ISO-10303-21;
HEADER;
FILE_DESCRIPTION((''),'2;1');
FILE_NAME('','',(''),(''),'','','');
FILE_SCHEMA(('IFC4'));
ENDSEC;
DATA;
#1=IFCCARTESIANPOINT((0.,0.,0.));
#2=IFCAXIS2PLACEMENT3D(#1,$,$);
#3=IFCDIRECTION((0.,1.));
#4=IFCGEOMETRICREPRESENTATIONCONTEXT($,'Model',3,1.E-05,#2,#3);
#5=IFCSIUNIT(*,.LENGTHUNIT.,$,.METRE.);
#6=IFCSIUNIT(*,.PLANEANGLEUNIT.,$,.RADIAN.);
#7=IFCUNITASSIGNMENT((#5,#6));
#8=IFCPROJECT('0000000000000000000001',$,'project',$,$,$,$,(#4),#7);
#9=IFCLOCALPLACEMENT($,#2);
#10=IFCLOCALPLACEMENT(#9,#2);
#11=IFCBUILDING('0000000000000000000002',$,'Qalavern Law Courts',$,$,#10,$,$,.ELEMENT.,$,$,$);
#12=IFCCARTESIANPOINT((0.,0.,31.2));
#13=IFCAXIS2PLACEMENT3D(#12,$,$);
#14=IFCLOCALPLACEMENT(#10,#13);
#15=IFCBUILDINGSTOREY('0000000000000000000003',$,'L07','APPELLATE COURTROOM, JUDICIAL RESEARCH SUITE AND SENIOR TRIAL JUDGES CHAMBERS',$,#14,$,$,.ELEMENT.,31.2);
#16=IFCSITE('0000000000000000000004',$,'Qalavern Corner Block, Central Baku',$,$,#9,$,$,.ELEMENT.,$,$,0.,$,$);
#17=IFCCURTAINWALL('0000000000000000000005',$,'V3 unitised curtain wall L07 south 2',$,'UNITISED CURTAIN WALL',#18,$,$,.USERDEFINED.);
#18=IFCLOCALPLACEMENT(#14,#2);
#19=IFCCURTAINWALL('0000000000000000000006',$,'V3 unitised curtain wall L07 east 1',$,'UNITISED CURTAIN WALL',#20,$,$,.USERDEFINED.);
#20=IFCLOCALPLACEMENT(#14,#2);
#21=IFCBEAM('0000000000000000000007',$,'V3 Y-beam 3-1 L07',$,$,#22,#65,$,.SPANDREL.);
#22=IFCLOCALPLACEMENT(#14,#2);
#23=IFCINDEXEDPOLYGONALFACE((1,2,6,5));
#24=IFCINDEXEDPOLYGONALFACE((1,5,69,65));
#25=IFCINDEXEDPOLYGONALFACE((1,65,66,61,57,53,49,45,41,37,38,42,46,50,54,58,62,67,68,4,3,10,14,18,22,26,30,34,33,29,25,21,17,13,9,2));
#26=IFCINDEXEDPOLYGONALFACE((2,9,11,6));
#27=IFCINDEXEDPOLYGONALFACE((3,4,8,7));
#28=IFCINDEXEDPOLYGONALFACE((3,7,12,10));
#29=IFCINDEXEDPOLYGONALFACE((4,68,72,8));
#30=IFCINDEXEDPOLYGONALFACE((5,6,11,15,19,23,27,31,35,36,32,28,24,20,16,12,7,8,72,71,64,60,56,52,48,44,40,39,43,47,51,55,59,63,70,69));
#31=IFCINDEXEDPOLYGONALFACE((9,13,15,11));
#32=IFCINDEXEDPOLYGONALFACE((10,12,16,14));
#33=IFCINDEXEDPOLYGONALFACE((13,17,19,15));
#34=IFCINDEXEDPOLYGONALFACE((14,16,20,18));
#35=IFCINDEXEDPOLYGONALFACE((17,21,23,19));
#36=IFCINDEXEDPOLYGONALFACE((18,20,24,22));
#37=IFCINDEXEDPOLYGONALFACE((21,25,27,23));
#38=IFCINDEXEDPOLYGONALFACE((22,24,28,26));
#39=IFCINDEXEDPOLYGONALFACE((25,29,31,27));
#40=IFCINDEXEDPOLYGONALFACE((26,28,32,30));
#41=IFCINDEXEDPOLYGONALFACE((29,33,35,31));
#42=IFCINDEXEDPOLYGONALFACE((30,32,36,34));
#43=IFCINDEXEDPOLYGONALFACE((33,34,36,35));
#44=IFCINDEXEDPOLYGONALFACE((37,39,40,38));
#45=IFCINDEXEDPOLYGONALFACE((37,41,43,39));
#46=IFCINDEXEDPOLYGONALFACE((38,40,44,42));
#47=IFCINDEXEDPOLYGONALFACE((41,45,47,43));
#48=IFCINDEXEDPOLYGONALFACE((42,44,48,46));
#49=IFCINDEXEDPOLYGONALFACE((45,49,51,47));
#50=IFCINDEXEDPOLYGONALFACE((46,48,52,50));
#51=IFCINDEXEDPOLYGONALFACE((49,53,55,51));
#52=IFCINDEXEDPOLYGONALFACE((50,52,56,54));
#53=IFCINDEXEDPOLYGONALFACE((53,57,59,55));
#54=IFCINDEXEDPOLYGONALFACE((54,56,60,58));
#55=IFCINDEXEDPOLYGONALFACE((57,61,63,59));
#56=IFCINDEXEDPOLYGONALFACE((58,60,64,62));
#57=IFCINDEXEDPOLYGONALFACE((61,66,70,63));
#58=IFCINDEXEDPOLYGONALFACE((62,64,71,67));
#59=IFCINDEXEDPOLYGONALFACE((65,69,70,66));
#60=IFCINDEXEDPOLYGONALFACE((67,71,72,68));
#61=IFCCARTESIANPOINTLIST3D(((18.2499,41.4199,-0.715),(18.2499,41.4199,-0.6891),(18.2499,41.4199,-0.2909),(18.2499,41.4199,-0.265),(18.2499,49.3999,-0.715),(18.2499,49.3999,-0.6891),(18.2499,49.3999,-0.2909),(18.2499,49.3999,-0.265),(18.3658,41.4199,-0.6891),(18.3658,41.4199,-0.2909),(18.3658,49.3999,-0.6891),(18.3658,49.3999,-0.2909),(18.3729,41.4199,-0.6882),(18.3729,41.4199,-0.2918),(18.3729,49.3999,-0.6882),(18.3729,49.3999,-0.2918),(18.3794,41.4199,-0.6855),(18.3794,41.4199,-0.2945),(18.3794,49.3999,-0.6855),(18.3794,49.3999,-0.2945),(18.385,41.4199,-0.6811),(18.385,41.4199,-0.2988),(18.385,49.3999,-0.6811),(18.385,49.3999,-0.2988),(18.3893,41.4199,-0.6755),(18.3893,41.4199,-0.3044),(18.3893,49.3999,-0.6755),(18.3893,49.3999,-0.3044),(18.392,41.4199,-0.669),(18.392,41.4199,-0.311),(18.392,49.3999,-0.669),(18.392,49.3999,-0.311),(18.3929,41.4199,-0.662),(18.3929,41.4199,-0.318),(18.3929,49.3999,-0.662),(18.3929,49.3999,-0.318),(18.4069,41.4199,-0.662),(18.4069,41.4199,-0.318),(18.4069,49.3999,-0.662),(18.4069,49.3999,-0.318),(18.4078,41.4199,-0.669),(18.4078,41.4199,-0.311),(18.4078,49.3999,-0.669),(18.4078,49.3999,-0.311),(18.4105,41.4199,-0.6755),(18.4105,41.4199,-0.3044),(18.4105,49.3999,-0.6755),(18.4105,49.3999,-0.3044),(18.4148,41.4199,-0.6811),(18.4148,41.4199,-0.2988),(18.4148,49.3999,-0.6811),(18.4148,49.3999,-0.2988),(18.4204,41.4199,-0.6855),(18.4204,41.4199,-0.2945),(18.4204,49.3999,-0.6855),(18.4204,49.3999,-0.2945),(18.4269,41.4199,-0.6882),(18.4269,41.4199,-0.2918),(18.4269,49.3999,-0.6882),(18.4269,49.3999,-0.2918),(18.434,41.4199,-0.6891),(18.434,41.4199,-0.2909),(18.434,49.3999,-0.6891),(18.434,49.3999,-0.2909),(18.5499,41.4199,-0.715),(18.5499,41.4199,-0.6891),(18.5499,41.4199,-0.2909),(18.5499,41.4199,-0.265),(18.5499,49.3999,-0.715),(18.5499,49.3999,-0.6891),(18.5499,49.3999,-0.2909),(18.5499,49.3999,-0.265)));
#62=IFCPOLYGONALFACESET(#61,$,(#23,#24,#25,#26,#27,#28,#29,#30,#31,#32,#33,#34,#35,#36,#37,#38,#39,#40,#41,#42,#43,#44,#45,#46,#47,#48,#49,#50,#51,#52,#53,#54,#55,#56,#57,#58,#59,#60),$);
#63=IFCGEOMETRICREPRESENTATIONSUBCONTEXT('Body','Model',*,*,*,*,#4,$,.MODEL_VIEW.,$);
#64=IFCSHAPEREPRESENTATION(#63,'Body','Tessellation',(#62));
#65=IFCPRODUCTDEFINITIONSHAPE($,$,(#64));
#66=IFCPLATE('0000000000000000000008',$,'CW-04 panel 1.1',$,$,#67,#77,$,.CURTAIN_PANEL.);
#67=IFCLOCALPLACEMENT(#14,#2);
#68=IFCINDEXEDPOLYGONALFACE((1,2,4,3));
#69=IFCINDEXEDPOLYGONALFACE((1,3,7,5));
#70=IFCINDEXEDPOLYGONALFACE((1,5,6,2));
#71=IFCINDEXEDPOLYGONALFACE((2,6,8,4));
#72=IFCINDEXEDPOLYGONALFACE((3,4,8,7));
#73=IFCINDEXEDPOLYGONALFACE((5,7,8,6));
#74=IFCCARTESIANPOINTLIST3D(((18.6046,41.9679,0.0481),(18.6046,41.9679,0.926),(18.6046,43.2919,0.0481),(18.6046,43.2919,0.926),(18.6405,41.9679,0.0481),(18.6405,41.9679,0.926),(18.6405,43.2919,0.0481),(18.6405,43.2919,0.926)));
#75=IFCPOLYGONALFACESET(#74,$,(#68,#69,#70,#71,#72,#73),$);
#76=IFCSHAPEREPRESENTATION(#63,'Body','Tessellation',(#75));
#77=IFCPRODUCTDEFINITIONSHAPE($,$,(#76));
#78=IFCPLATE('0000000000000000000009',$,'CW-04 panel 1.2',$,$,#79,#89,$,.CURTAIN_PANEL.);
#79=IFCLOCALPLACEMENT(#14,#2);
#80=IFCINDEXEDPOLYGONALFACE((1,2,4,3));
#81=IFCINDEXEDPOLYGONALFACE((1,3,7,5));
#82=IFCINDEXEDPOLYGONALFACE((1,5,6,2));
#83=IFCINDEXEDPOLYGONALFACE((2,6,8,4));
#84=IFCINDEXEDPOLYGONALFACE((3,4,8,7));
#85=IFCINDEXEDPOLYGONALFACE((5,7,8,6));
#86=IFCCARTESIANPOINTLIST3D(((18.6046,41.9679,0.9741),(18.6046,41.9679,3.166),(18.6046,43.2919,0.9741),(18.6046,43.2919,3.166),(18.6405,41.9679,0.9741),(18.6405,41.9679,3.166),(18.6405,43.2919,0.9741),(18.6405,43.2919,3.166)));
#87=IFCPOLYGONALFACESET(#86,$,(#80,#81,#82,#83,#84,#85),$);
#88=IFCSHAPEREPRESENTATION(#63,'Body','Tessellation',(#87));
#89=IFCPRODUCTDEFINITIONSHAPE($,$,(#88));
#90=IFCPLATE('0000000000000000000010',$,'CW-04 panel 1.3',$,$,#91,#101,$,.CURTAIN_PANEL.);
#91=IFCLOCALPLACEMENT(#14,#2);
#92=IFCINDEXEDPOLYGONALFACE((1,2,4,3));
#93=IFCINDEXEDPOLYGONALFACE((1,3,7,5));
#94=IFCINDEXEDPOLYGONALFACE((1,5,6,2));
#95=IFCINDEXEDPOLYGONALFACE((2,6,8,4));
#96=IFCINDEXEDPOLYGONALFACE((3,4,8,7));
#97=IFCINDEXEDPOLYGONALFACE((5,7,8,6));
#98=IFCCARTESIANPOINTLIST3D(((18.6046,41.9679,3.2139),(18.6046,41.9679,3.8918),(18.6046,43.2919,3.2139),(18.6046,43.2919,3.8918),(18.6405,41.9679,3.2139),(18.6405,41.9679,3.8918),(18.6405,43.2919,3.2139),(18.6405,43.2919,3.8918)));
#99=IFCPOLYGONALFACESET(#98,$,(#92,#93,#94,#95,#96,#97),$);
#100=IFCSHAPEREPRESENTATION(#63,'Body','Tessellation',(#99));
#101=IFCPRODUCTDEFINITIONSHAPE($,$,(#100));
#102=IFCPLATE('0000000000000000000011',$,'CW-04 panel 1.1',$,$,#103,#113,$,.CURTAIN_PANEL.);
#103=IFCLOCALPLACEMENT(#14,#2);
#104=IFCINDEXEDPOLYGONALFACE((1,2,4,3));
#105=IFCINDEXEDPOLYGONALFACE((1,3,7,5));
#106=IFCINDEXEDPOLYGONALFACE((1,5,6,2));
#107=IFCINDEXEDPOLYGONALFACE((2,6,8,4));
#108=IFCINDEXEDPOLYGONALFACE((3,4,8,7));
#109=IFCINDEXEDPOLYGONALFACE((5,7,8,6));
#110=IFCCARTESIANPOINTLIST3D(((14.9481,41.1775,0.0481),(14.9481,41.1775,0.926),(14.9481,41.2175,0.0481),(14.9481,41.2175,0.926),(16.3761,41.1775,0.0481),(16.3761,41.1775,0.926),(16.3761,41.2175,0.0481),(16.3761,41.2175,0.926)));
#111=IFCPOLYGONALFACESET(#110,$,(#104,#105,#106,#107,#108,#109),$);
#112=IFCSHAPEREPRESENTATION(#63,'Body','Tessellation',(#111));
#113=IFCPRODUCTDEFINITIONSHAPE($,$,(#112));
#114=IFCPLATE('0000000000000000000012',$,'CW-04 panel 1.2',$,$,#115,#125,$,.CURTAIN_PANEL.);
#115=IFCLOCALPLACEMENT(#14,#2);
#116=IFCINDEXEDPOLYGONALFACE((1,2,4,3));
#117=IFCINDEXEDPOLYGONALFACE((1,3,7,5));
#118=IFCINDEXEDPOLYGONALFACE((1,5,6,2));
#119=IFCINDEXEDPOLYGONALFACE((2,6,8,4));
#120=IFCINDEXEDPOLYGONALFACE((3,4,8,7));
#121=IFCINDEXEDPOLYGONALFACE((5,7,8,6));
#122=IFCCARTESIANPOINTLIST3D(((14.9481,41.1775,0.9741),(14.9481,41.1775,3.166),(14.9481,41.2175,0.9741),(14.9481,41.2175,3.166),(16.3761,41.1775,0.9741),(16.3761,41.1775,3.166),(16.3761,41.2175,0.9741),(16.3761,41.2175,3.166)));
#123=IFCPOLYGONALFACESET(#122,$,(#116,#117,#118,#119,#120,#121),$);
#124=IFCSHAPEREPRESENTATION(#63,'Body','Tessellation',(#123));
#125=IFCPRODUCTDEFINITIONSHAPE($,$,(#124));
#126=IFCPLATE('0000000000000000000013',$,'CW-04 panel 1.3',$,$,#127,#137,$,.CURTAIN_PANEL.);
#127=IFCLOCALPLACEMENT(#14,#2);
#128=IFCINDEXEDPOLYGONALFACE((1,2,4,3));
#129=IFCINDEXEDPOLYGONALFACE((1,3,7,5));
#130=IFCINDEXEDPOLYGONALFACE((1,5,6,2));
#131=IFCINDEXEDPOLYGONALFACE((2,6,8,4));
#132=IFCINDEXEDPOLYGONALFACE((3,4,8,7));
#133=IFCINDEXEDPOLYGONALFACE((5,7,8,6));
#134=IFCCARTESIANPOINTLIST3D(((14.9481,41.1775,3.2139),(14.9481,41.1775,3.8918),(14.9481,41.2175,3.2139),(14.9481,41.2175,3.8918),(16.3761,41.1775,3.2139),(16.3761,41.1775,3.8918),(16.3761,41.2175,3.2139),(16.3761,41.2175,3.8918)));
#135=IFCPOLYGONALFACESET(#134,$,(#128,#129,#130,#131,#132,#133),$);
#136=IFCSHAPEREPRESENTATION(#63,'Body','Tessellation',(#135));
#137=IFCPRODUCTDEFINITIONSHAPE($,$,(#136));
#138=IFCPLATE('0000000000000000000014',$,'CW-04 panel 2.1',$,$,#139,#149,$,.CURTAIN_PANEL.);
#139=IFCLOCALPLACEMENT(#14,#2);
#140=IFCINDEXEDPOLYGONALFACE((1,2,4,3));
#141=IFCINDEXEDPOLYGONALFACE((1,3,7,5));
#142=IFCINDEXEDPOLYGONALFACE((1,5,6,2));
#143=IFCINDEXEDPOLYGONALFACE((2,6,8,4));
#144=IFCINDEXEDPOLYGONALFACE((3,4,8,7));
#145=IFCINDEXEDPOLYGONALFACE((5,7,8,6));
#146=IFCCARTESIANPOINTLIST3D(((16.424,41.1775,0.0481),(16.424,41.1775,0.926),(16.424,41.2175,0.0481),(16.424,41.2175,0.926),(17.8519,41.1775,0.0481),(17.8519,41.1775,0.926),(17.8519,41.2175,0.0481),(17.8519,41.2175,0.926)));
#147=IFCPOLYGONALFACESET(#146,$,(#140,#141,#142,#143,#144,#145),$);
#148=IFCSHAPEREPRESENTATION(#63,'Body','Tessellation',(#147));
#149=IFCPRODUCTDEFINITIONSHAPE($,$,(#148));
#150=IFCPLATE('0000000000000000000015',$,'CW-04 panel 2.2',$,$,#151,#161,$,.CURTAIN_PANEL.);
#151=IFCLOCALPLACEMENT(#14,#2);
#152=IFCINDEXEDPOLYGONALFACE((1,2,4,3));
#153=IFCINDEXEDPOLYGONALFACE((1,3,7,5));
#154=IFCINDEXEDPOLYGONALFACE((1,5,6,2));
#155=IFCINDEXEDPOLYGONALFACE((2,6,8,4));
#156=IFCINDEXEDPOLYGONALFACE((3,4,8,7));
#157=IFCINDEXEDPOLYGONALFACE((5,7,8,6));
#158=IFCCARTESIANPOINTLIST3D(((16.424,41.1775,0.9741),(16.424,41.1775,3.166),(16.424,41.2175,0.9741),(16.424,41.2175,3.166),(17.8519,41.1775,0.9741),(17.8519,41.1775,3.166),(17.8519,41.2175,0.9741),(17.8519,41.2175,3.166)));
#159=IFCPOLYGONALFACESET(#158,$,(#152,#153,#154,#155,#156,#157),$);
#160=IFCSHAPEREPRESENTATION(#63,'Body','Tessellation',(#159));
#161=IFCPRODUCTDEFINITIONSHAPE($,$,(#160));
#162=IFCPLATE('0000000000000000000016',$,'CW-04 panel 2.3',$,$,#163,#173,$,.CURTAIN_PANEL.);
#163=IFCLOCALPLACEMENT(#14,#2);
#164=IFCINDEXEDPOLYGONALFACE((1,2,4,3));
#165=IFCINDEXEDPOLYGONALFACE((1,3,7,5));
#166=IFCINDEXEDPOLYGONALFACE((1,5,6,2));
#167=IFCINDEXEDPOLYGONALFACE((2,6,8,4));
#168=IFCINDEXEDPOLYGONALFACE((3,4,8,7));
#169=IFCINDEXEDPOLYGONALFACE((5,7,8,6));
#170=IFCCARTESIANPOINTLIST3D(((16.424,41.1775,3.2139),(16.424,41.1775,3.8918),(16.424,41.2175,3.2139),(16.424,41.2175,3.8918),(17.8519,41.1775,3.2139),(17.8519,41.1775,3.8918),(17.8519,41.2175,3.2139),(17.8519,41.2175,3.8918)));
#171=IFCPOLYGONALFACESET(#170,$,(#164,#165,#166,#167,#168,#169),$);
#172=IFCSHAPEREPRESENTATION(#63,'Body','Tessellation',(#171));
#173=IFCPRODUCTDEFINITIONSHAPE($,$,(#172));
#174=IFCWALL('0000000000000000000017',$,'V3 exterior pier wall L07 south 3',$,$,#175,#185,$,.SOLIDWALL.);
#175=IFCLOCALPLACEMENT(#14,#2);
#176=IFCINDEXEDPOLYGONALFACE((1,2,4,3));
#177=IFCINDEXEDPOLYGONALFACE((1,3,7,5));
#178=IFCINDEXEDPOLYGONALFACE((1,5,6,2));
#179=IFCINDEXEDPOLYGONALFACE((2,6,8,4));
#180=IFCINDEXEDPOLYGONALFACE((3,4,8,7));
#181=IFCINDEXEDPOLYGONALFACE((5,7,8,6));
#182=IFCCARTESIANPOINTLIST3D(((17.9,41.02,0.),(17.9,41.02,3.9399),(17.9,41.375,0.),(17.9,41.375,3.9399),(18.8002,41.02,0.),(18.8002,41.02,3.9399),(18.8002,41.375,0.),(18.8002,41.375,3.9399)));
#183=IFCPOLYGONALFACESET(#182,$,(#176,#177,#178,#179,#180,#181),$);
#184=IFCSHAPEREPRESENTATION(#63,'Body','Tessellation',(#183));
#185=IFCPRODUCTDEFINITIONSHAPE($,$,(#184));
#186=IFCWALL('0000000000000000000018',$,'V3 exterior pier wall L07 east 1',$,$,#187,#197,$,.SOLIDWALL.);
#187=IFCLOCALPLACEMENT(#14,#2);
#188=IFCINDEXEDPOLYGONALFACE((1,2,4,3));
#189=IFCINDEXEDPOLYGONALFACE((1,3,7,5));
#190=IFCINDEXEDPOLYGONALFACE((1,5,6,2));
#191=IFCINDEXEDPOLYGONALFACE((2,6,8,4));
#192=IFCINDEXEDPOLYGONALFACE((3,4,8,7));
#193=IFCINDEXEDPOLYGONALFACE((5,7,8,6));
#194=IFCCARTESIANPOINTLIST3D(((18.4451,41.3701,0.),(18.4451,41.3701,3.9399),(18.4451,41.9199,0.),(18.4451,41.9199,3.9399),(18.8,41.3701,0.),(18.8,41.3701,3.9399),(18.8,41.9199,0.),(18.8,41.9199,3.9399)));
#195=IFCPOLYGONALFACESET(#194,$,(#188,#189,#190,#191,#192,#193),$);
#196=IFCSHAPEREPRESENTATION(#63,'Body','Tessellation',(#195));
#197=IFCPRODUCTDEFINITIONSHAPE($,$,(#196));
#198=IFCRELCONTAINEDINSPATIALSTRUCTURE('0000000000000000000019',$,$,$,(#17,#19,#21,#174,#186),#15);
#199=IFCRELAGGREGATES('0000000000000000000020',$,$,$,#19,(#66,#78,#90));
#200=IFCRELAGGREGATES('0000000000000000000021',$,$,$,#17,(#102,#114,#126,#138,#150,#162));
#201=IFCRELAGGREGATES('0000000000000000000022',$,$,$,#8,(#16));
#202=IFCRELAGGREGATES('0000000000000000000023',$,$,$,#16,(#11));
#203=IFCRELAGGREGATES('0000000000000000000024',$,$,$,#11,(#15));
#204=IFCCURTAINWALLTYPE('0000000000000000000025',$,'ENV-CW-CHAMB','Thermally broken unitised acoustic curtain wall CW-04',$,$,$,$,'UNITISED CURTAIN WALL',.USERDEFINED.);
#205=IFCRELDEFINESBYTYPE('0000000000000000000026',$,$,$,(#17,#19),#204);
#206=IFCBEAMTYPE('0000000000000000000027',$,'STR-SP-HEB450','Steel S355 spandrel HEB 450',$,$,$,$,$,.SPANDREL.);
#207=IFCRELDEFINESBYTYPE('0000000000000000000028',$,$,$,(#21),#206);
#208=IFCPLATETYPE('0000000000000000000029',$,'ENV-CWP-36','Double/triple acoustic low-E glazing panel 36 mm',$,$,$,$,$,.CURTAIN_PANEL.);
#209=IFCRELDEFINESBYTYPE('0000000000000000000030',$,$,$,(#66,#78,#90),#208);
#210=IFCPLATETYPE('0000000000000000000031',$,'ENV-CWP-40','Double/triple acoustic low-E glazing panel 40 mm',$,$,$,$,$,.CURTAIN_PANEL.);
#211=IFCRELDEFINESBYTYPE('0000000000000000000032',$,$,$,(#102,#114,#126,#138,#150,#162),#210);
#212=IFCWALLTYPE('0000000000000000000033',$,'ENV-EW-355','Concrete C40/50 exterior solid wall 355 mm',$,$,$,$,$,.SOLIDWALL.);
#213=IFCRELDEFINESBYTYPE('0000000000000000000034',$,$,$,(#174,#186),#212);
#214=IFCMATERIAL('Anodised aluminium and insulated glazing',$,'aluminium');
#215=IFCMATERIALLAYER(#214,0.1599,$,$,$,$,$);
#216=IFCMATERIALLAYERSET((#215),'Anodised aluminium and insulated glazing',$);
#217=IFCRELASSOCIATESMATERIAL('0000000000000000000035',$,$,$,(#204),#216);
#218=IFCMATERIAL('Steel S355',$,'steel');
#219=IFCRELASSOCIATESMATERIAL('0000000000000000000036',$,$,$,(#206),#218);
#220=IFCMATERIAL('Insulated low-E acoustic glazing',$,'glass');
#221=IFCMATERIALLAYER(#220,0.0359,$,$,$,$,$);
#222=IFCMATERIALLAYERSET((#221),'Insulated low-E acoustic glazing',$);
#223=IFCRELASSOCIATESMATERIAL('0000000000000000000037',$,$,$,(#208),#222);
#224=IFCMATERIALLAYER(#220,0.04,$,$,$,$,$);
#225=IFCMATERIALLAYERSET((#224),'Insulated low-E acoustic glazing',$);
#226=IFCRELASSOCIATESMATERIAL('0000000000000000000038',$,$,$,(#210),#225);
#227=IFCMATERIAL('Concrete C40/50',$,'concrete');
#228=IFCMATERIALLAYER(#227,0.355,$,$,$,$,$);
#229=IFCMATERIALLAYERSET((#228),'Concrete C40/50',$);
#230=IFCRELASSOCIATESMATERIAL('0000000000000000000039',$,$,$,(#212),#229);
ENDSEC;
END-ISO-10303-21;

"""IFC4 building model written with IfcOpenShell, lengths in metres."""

from ifc_helpers import new_model, si_unit, direction, frame, frame_2d, origin, origin_2d, place, context, subcontext, project, spatial, rectangle, i_section, extrude, material, layer, layer_set, material_profile, profile_set, type_object, element, aggregate, save


model = new_model("IFC4")

# Units and contexts
model_context = context("Model", 3, precision=1e-05, world=origin(), true_north=direction((0.0, 1.0)))
body_context = subcontext(model_context, "Body", "Model", "MODEL_VIEW")
ifc_project = project(units=[si_unit("LENGTHUNIT", "METRE"), si_unit("PLANEANGLEUNIT", "RADIAN")], contexts=[model_context])

# Site, building, storey
site_placement = place(None, origin())
site = spatial("IfcSite", under=ifc_project, at=site_placement, Name="Qalavern Corner Block, Central Baku", CompositionType="ELEMENT", RefElevation=0.0)
building_placement = place(site_placement, origin())
building = spatial("IfcBuilding", under=site, at=building_placement, Name="Qalavern Law Courts", CompositionType="ELEMENT")
storey_placement = place(building_placement, frame((0.0, 0.0, 31.2)))
storey = spatial("IfcBuildingStorey", under=building, at=storey_placement, Name="L07", Description="APPELLATE COURTROOM, JUDICIAL RESEARCH SUITE AND SENIOR TRIAL JUDGES CHAMBERS", CompositionType="ELEMENT", Elevation=31.2)

# Curtain walls
ifc_material_1 = material(Name="Anodised aluminium and insulated glazing", Category="aluminium")
ifc_layer_1 = layer(ifc_material_1, 0.1599)
ifc_layer_set_1 = layer_set([ifc_layer_1], Name="Anodised aluminium and insulated glazing")
curtain_wall_type = type_object("IfcCurtainWallType", Name="ENV-CW-CHAMB", Description="Thermally broken unitised acoustic curtain wall CW-04", ElementType="UNITISED CURTAIN WALL", PredefinedType="USERDEFINED", material=ifc_layer_set_1)
curtain_wall_1_placement = place(storey_placement, origin())
curtain_wall_1 = element("IfcCurtainWall", 1, at=curtain_wall_1_placement, inside=storey, type_object=curtain_wall_type, Name="V3 unitised curtain wall L07 south 2", ObjectType="UNITISED CURTAIN WALL", PredefinedType="USERDEFINED")
curtain_wall_2_placement = place(storey_placement, origin())
curtain_wall_2 = element("IfcCurtainWall", 2, at=curtain_wall_2_placement, inside=storey, type_object=curtain_wall_type, Name="V3 unitised curtain wall L07 east 1", ObjectType="UNITISED CURTAIN WALL", PredefinedType="USERDEFINED")

# Beam
ifc_material_2 = material(Name="Steel S355", Category="steel")
ifc_material_profile_1 = material_profile(ifc_material_2, i_section(OverallWidth=0.3, OverallDepth=0.45, WebThickness=0.0139, FlangeThickness=0.0259, FilletRadius=0.0271, at=origin_2d()), Name="HEB 450")
ifc_profile_set_1 = profile_set([ifc_material_profile_1], Name="Steel S355")
beam_type = type_object("IfcBeamType", Name="STR-SP-HEB450", Description="Steel S355 spandrel HEB 450", PredefinedType="SPANDREL", material=ifc_profile_set_1)
beam_placement = place(storey_placement, frame((18.3999, 41.4199, -0.49), z_axis=(0.0, 1.0, 0.0), x_axis=(-1.0, 0.0, 0.0)))
element("IfcBeam", 3, at=beam_placement, inside=storey, type_object=beam_type, Name="V3 Y-beam 3-1 L07", PredefinedType="SPANDREL", context=body_context, shape_type="SweptSolid", body=[
    extrude(i_section(OverallWidth=0.3, OverallDepth=0.45, WebThickness=0.0139, FlangeThickness=0.0259, FilletRadius=0.0271, at=origin_2d()), origin(), (0.0, 0.0, 1.0), 7.98),
])

# Plates
ifc_material_3 = material(Name="Insulated low-E acoustic glazing", Category="glass")
ifc_layer_2 = layer(ifc_material_3, 0.0359)
ifc_layer_set_2 = layer_set([ifc_layer_2], Name="Insulated low-E acoustic glazing")
plate_type_1 = type_object("IfcPlateType", Name="ENV-CWP-36", Description="Double/triple acoustic low-E glazing panel 36 mm", PredefinedType="CURTAIN_PANEL", material=ifc_layer_set_2)
plate_1_placement = place(storey_placement, frame((18.6226, 42.6299, 0.0481), z_axis=(0.0, 0.0, 1.0), x_axis=(0.0, 1.0, 0.0)))
plate_1 = element("IfcPlate", 4, at=plate_1_placement, type_object=plate_type_1, Name="CW-04 panel 1.1", PredefinedType="CURTAIN_PANEL", context=body_context, shape_type="SweptSolid", body=[
    extrude(rectangle(XDim=1.324, YDim=0.0359, at=origin_2d()), origin(), (0.0, 0.0, 1.0), 0.8779),
])
plate_2_placement = place(storey_placement, frame((18.6226, 42.6299, 0.9741), z_axis=(0.0, 0.0, 1.0), x_axis=(0.0, 1.0, 0.0)))
plate_2 = element("IfcPlate", 5, at=plate_2_placement, type_object=plate_type_1, Name="CW-04 panel 1.2", PredefinedType="CURTAIN_PANEL", context=body_context, shape_type="SweptSolid", body=[
    extrude(rectangle(XDim=1.324, YDim=0.0359, at=origin_2d()), origin(), (0.0, 0.0, 1.0), 2.1919),
])
plate_3_placement = place(storey_placement, frame((18.6226, 42.6299, 3.2139), z_axis=(0.0, 0.0, 1.0), x_axis=(0.0, 1.0, 0.0)))
plate_3 = element("IfcPlate", 6, at=plate_3_placement, type_object=plate_type_1, Name="CW-04 panel 1.3", PredefinedType="CURTAIN_PANEL", context=body_context, shape_type="SweptSolid", body=[
    extrude(rectangle(XDim=1.324, YDim=0.0359, at=origin_2d()), origin(), (0.0, 0.0, 1.0), 0.678),
])
aggregate(curtain_wall_2, [plate_1, plate_2, plate_3])
ifc_layer_3 = layer(ifc_material_3, 0.04)
ifc_layer_set_3 = layer_set([ifc_layer_3], Name="Insulated low-E acoustic glazing")
plate_type_2 = type_object("IfcPlateType", Name="ENV-CWP-40", Description="Double/triple acoustic low-E glazing panel 40 mm", PredefinedType="CURTAIN_PANEL", material=ifc_layer_set_3)
plate_4_placement = place(storey_placement, frame((15.6621, 41.1975, 0.0481), z_axis=(0.0, 0.0, 1.0), x_axis=(1.0, 0.0, 0.0)))
plate_4 = element("IfcPlate", 7, at=plate_4_placement, type_object=plate_type_2, Name="CW-04 panel 1.1", PredefinedType="CURTAIN_PANEL", context=body_context, shape_type="SweptSolid", body=[
    extrude(rectangle(XDim=1.428, YDim=0.04, at=origin_2d()), origin(), (0.0, 0.0, 1.0), 0.8779),
])
plate_5_placement = place(storey_placement, frame((15.6621, 41.1975, 0.9741), z_axis=(0.0, 0.0, 1.0), x_axis=(1.0, 0.0, 0.0)))
plate_5 = element("IfcPlate", 8, at=plate_5_placement, type_object=plate_type_2, Name="CW-04 panel 1.2", PredefinedType="CURTAIN_PANEL", context=body_context, shape_type="SweptSolid", body=[
    extrude(rectangle(XDim=1.428, YDim=0.04, at=origin_2d()), origin(), (0.0, 0.0, 1.0), 2.1919),
])
plate_6_placement = place(storey_placement, frame((15.6621, 41.1975, 3.2139), z_axis=(0.0, 0.0, 1.0), x_axis=(1.0, 0.0, 0.0)))
plate_6 = element("IfcPlate", 9, at=plate_6_placement, type_object=plate_type_2, Name="CW-04 panel 1.3", PredefinedType="CURTAIN_PANEL", context=body_context, shape_type="SweptSolid", body=[
    extrude(rectangle(XDim=1.428, YDim=0.04, at=origin_2d()), origin(), (0.0, 0.0, 1.0), 0.678),
])
plate_7_placement = place(storey_placement, frame((17.1379, 41.1975, 0.0481), z_axis=(0.0, 0.0, 1.0), x_axis=(1.0, 0.0, 0.0)))
plate_7 = element("IfcPlate", 10, at=plate_7_placement, type_object=plate_type_2, Name="CW-04 panel 2.1", PredefinedType="CURTAIN_PANEL", context=body_context, shape_type="SweptSolid", body=[
    extrude(rectangle(XDim=1.428, YDim=0.04, at=origin_2d()), origin(), (0.0, 0.0, 1.0), 0.8779),
])
plate_8_placement = place(storey_placement, frame((17.1379, 41.1975, 0.9741), z_axis=(0.0, 0.0, 1.0), x_axis=(1.0, 0.0, 0.0)))
plate_8 = element("IfcPlate", 11, at=plate_8_placement, type_object=plate_type_2, Name="CW-04 panel 2.2", PredefinedType="CURTAIN_PANEL", context=body_context, shape_type="SweptSolid", body=[
    extrude(rectangle(XDim=1.428, YDim=0.04, at=origin_2d()), origin(), (0.0, 0.0, 1.0), 2.1919),
])
plate_9_placement = place(storey_placement, frame((17.1379, 41.1975, 3.2139), z_axis=(0.0, 0.0, 1.0), x_axis=(1.0, 0.0, 0.0)))
plate_9 = element("IfcPlate", 12, at=plate_9_placement, type_object=plate_type_2, Name="CW-04 panel 2.3", PredefinedType="CURTAIN_PANEL", context=body_context, shape_type="SweptSolid", body=[
    extrude(rectangle(XDim=1.428, YDim=0.04, at=origin_2d()), origin(), (0.0, 0.0, 1.0), 0.678),
])
aggregate(curtain_wall_1, [plate_4, plate_5, plate_6, plate_7, plate_8, plate_9])

# Walls
ifc_material_4 = material(Name="Concrete C40/50", Category="concrete")
ifc_layer_4 = layer(ifc_material_4, 0.355)
ifc_layer_set_4 = layer_set([ifc_layer_4], Name="Concrete C40/50")
wall_type = type_object("IfcWallType", Name="ENV-EW-355", Description="Concrete C40/50 exterior solid wall 355 mm", PredefinedType="SOLIDWALL", material=ifc_layer_set_4)
wall_1_placement = place(storey_placement, frame((17.8999, 41.1975, 0.0), z_axis=(0.0, 0.0, 1.0), x_axis=(1.0, 0.0, 0.0)))
element("IfcWall", 13, at=wall_1_placement, inside=storey, type_object=wall_type, Name="V3 exterior pier wall L07 south 3", PredefinedType="SOLIDWALL", context=body_context, shape_type="SweptSolid", body=[
    extrude(rectangle(XDim=0.9001, YDim=0.355, at=frame_2d((0.4502, 0.0))), origin(), (0.0, 0.0, 1.0), 3.9399),
])
wall_2_placement = place(storey_placement, frame((18.6226, 41.3701, 0.0), z_axis=(0.0, 0.0, 1.0), x_axis=(0.0, 1.0, 0.0)))
element("IfcWall", 14, at=wall_2_placement, inside=storey, type_object=wall_type, Name="V3 exterior pier wall L07 east 1", PredefinedType="SOLIDWALL", context=body_context, shape_type="SweptSolid", body=[
    extrude(rectangle(XDim=0.5498, YDim=0.355, at=frame_2d((0.2749, 0.0))), origin(), (0.0, 0.0, 1.0), 3.9399),
])

save(model, "model.ifc")
